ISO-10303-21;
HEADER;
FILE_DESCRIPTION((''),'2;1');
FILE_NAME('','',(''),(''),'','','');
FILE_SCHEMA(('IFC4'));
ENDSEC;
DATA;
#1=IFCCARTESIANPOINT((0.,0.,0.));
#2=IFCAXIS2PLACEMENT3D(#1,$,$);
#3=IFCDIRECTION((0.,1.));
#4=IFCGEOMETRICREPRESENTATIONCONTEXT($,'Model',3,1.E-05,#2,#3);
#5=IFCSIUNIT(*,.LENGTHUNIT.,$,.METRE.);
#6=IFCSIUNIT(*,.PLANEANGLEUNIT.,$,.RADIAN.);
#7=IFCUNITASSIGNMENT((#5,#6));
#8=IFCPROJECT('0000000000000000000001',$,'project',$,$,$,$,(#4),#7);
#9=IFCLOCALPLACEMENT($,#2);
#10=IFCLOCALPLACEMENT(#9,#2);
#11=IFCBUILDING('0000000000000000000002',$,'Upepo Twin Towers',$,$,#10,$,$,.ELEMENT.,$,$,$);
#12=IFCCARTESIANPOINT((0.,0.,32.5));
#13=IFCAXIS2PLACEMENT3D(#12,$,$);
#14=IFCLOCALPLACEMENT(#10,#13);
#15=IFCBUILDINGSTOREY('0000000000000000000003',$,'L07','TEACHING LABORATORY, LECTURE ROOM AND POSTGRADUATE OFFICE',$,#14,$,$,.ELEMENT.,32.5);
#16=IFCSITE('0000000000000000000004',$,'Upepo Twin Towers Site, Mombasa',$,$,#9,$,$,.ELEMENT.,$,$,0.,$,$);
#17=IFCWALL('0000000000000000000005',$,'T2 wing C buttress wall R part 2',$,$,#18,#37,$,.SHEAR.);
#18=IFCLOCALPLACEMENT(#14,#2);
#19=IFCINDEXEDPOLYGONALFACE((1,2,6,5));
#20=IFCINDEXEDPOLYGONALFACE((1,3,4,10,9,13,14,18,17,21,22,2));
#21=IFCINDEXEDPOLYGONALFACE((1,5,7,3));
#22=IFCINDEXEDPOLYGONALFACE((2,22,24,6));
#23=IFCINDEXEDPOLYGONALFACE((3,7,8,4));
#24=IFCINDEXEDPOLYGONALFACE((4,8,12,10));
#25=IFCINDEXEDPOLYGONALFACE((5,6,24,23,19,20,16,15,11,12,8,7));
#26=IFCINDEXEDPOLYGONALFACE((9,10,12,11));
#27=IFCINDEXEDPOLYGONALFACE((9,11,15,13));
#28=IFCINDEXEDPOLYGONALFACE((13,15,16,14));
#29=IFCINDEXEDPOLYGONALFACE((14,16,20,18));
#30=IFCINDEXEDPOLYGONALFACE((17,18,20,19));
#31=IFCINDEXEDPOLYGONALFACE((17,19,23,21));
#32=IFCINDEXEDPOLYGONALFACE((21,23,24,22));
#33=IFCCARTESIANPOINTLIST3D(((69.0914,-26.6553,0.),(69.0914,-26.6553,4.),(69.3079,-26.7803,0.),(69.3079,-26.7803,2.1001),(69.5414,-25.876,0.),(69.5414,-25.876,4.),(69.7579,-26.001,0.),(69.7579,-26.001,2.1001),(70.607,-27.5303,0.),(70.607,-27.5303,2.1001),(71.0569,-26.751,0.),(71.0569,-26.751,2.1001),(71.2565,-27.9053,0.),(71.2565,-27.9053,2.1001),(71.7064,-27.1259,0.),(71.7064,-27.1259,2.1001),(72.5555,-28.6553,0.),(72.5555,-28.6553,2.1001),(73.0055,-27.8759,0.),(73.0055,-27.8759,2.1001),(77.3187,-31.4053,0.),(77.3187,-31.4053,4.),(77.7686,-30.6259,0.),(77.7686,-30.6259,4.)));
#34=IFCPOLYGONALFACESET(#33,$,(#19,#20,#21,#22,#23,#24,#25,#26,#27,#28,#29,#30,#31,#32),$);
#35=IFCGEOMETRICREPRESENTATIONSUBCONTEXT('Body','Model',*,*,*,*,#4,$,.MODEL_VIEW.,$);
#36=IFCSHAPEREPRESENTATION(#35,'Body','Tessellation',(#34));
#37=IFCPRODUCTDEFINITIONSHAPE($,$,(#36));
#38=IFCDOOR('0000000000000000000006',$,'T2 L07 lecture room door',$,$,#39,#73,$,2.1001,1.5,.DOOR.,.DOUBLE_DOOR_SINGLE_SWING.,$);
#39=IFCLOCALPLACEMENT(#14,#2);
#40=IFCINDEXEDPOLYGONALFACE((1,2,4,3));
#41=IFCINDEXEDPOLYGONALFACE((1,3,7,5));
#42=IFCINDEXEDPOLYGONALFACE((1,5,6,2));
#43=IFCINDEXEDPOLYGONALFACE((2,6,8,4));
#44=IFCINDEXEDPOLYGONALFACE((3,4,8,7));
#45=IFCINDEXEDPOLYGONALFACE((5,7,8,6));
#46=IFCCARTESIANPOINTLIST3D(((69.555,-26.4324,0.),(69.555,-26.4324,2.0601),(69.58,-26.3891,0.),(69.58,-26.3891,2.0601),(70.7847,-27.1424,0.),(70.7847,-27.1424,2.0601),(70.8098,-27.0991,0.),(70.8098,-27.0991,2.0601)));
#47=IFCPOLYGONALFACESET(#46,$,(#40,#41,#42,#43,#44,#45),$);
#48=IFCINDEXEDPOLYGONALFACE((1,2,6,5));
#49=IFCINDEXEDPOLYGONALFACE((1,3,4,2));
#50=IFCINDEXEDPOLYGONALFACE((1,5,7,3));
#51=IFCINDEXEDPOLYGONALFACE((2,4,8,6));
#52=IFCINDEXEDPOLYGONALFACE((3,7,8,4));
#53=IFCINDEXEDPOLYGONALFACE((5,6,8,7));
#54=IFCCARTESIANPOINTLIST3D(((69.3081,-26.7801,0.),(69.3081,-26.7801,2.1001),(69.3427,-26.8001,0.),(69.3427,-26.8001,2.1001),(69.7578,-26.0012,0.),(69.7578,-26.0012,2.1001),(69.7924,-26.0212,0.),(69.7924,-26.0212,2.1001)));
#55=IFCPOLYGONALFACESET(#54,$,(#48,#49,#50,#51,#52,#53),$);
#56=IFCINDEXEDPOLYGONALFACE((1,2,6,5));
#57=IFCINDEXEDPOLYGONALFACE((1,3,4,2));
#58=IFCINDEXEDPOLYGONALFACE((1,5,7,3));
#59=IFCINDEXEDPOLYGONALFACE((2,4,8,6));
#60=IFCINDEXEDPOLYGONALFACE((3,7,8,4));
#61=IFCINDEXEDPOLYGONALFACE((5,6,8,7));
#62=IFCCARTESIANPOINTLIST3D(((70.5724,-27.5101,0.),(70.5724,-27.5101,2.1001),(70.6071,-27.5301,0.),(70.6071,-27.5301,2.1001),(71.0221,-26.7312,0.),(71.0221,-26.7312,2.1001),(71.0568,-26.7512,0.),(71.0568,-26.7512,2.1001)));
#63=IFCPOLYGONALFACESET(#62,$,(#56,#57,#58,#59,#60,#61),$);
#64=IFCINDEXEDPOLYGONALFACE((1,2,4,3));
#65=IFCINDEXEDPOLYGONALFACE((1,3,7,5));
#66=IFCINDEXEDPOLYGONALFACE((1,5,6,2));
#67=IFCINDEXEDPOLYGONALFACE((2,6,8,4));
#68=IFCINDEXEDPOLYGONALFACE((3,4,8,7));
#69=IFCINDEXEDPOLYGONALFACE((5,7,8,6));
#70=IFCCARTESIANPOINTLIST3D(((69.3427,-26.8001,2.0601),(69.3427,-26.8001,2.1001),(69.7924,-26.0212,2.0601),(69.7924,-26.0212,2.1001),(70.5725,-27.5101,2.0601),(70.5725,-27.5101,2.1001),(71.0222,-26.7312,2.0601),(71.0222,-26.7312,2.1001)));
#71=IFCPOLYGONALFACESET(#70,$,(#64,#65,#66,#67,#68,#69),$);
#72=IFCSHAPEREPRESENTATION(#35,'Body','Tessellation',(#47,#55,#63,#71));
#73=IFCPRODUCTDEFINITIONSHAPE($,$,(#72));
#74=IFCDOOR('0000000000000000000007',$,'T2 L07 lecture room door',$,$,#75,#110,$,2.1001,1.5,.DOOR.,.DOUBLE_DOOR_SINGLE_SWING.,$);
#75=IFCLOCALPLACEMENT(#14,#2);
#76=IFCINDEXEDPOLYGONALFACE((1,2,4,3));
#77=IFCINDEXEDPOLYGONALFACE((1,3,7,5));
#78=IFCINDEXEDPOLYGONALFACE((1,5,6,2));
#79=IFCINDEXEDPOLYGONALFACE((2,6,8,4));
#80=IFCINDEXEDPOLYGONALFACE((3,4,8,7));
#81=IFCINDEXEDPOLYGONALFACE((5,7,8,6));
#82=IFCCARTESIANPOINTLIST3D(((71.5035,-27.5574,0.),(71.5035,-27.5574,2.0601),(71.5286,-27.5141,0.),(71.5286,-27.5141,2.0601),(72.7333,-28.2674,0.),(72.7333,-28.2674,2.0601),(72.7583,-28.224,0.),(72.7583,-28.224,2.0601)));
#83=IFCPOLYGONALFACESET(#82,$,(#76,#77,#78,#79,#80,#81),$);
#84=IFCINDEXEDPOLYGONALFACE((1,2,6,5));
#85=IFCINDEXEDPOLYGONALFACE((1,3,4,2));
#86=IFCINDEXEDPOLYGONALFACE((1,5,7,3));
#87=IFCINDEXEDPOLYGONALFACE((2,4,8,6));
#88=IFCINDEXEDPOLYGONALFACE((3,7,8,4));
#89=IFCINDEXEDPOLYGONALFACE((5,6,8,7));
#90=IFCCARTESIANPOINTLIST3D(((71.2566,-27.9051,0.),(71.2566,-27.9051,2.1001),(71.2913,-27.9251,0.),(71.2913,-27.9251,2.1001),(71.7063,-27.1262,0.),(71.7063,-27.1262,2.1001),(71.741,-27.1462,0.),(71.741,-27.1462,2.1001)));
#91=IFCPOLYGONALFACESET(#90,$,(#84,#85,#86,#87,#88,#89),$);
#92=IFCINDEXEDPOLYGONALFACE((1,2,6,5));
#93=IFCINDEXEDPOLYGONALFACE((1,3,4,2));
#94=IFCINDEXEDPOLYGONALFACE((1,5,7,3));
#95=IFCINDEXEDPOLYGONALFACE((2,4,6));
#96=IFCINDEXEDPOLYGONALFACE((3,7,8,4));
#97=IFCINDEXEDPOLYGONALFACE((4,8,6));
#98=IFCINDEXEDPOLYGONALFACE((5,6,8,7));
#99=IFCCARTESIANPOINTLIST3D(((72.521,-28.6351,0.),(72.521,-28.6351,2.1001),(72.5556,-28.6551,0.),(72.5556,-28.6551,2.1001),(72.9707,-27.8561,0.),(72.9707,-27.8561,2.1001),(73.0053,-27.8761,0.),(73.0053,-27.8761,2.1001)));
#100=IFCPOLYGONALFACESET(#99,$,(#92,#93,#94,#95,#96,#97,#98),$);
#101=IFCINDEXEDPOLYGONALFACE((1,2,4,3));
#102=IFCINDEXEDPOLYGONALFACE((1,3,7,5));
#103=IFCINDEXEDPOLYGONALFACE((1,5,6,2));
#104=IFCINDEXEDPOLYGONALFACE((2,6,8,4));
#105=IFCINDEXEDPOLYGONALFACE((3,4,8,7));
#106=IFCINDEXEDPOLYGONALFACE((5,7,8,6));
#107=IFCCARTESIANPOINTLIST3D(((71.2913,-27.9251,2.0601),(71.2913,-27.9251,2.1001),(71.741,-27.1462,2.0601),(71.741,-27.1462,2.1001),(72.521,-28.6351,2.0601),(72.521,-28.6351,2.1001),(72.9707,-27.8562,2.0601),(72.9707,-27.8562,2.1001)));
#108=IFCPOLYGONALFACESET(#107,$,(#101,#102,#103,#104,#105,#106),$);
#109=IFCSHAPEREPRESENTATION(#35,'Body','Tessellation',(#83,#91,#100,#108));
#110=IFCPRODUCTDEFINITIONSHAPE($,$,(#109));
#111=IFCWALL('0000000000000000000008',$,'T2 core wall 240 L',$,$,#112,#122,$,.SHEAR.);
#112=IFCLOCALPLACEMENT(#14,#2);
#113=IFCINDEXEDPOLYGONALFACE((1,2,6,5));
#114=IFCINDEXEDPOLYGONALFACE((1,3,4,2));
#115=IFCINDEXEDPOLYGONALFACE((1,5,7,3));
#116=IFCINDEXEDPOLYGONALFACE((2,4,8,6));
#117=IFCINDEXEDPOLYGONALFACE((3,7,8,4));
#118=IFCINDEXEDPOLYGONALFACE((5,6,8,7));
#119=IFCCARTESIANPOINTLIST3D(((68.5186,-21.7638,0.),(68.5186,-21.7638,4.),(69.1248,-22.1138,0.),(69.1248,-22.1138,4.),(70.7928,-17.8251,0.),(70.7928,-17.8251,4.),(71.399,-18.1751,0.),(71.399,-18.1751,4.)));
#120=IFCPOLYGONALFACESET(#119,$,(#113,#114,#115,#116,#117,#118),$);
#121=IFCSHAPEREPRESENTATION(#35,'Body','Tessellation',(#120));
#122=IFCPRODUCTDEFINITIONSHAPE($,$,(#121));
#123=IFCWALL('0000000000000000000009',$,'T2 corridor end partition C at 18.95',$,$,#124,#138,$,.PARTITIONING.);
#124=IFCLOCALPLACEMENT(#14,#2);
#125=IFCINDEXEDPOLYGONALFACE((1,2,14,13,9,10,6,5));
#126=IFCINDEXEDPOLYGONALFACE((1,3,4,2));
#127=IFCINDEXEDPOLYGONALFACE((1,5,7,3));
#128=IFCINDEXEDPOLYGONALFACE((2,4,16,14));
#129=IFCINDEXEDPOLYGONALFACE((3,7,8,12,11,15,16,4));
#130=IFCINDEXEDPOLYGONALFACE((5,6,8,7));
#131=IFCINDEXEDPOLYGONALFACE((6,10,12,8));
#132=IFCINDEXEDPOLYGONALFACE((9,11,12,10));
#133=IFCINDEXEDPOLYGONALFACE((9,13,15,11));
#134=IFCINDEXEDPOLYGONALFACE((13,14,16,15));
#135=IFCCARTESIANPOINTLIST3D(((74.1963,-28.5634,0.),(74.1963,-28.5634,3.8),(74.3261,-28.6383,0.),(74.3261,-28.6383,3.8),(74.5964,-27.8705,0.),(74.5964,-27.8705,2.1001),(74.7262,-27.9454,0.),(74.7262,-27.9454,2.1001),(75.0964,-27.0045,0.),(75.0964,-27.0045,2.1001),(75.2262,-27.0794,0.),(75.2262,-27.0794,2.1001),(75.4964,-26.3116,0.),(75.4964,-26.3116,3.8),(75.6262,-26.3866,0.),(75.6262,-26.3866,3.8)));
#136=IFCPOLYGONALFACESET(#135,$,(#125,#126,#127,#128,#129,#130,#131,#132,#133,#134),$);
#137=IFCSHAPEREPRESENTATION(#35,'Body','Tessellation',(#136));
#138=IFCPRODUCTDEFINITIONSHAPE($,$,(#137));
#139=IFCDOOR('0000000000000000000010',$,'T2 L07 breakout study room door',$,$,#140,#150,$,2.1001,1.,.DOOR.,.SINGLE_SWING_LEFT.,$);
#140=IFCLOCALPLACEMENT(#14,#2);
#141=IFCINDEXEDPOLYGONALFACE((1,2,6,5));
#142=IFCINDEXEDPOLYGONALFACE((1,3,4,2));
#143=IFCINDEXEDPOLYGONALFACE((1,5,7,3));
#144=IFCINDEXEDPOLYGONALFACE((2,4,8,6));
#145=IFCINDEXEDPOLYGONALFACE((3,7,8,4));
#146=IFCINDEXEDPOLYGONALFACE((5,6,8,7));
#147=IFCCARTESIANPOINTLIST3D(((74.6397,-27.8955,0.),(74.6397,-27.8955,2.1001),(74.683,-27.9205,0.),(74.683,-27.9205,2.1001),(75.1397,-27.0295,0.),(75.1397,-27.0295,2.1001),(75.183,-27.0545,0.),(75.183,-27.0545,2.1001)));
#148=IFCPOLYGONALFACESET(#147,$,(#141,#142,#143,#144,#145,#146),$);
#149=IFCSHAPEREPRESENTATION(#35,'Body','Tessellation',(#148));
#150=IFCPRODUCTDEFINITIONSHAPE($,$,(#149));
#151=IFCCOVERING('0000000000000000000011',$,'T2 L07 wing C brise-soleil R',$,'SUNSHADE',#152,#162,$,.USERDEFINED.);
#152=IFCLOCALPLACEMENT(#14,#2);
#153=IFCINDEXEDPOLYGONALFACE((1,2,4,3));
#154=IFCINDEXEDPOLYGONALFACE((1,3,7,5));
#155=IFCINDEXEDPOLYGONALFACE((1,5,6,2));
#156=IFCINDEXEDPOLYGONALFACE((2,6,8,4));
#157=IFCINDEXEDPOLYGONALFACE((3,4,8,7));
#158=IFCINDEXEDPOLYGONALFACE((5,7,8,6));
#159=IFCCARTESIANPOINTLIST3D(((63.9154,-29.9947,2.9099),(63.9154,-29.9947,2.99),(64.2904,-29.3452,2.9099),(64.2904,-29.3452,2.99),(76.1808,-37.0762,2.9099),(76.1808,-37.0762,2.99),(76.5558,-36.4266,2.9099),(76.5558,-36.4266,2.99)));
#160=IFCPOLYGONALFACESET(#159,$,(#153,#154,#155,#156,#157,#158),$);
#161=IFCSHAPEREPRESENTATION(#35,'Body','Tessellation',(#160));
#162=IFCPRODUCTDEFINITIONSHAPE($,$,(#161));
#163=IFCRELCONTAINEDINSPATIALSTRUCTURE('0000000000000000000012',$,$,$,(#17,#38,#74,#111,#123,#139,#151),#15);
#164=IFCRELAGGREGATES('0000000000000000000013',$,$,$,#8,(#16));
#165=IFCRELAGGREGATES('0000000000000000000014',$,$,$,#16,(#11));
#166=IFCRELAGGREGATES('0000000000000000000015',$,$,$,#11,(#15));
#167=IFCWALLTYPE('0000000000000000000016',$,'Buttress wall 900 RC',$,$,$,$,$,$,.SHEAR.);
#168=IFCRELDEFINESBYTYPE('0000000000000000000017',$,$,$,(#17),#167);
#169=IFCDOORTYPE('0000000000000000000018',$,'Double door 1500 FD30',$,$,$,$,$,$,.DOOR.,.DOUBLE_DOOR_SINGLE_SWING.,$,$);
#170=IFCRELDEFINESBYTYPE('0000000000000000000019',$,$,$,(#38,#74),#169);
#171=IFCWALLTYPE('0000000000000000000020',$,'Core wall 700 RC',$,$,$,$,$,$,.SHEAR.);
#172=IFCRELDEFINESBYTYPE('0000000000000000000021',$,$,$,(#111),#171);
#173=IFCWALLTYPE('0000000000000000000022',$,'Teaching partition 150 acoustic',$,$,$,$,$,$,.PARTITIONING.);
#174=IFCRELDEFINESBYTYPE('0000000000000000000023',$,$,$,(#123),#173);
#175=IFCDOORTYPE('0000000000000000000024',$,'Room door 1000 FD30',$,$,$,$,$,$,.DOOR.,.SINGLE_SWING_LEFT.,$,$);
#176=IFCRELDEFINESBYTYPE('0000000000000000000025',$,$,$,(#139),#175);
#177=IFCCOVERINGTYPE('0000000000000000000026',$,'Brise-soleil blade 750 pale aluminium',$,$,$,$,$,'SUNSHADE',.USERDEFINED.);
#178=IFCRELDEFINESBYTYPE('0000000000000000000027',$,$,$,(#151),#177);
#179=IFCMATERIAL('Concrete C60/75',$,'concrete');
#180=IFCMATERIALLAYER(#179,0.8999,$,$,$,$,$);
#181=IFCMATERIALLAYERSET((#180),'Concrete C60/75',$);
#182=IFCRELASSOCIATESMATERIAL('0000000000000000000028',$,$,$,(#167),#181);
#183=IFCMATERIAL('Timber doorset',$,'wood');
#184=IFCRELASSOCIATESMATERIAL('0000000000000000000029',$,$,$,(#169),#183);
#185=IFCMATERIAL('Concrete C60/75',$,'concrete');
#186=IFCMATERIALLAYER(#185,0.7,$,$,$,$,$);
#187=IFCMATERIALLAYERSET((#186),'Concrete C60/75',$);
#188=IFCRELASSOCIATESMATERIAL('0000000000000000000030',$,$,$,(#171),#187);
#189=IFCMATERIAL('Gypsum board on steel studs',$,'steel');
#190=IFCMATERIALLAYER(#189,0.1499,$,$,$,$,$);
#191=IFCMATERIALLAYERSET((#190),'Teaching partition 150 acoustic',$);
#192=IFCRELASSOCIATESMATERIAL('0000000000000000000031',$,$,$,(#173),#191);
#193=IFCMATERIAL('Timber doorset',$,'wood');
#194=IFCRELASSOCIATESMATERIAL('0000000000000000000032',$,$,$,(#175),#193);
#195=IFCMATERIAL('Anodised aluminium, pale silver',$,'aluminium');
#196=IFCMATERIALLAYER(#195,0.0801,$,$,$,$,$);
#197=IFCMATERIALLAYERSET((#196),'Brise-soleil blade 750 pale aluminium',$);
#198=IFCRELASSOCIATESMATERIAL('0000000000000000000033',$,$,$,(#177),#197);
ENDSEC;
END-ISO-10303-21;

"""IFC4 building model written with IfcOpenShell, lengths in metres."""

from ifc_helpers import new_model, si_unit, direction, frame, frame_2d, origin, origin_2d, place, context, subcontext, project, spatial, rectangle, extrude, material, layer, layer_set, type_object, element, fill, save


model = new_model("IFC4")

# Units and contexts
model_context = context("Model", 3, precision=1e-05, world=origin(), true_north=direction((0.0, 1.0)))
body_context = subcontext(model_context, "Body", "Model", "MODEL_VIEW")
ifc_project = project(units=[si_unit("LENGTHUNIT", "METRE"), si_unit("PLANEANGLEUNIT", "RADIAN")], contexts=[model_context])

# Site, building, storey
site_placement = place(None, origin())
site = spatial("IfcSite", under=ifc_project, at=site_placement, Name="Upepo Twin Towers Site, Mombasa", CompositionType="ELEMENT", RefElevation=0.0)
building_placement = place(site_placement, origin())
building = spatial("IfcBuilding", under=site, at=building_placement, Name="Upepo Twin Towers", CompositionType="ELEMENT")
storey_placement = place(building_placement, frame((0.0, 0.0, 32.5)))
storey = spatial("IfcBuildingStorey", under=building, at=storey_placement, Name="L07", Description="TEACHING LABORATORY, LECTURE ROOM AND POSTGRADUATE OFFICE", CompositionType="ELEMENT", Elevation=32.5)

# Wall, openings, doors
ifc_material_1 = material(Name="Concrete C60/75", Category="concrete")
ifc_layer_1 = layer(ifc_material_1, 0.8999)
ifc_layer_set_1 = layer_set([ifc_layer_1], Name="Concrete C60/75")
wall_type_1 = type_object("IfcWallType", Name="Buttress wall 900 RC", PredefinedType="SHEAR", material=ifc_layer_set_1)
ifc_material_2 = material(Name="Timber doorset", Category="wood")
door_type_1 = type_object("IfcDoorType", Name="Double door 1500 FD30", OperationType="DOUBLE_DOOR_SINGLE_SWING", PredefinedType="DOOR", material=ifc_material_2)
wall_1_placement = place(storey_placement, frame((69.3164, -26.2656, 0.0), z_axis=(0.0, 0.0, 1.0), x_axis=(0.866027, -0.499998, 0.0)))
wall_1 = element("IfcWall", 1, at=wall_1_placement, inside=storey, type_object=wall_type_1, Name="T2 wing C buttress wall R part 2", PredefinedType="SHEAR", context=body_context, shape_type="SweptSolid", body=[
    extrude(rectangle(XDim=9.5, YDim=0.8999, at=frame_2d((4.75, 0.0))), origin(), (0.0, 0.0, 1.0), 4.0),
])
opening_1_placement = place(wall_1_placement, frame((0.25, 0.0, 0.0)))
opening_1 = element("IfcOpeningElement", 2, at=opening_1_placement, cuts=wall_1, PredefinedType="OPENING", context=body_context, shape_type="SweptSolid", body=[
    extrude(rectangle(XDim=1.5, YDim=2.1001, at=frame_2d((0.75, 1.05))), frame((0.0, 0.46, 0.0), z_axis=(0.0, -1.0, 0.0), x_axis=(1.0, 0.0, 0.0)), (0.0, 0.0, 1.0), 0.9199),
])
opening_2_placement = place(wall_1_placement, frame((2.5, 0.0, 0.0)))
opening_2 = element("IfcOpeningElement", 3, at=opening_2_placement, cuts=wall_1, PredefinedType="OPENING", context=body_context, shape_type="SweptSolid", body=[
    extrude(rectangle(XDim=1.5, YDim=2.1001, at=frame_2d((0.75, 1.05))), frame((0.0, 0.46, 0.0), z_axis=(0.0, -1.0, 0.0), x_axis=(1.0, 0.0, 0.0)), (0.0, 0.0, 1.0), 0.9199),
])
door_1_placement = place(opening_1_placement, origin())
door_1 = element("IfcDoor", 4, at=door_1_placement, inside=storey, type_object=door_type_1, Name="T2 L07 lecture room door", OperationType="DOUBLE_DOOR_SINGLE_SWING", OverallHeight=2.1001, OverallWidth=1.5, PredefinedType="DOOR", context=body_context, shape_type="SweptSolid", body=[
    extrude(rectangle(XDim=1.42, YDim=2.0601, at=frame_2d((0.75, 1.03))), frame((0.0, 0.0249, 0.0), z_axis=(0.0, -1.0, 0.0), x_axis=(1.0, 0.0, 0.0)), (0.0, 0.0, 1.0), 0.05),
    extrude(rectangle(XDim=0.04, YDim=2.1001, at=frame_2d((0.02, 1.05))), frame((0.0, 0.4497, 0.0), z_axis=(0.0, -1.0, 0.0), x_axis=(1.0, 0.0, 0.0)), (0.0, 0.0, 1.0), 0.8994),
    extrude(rectangle(XDim=0.04, YDim=2.1001, at=frame_2d((1.48, 1.05))), frame((0.0, 0.4497, 0.0), z_axis=(0.0, -1.0, 0.0), x_axis=(1.0, 0.0, 0.0)), (0.0, 0.0, 1.0), 0.8994),
    extrude(rectangle(XDim=1.42, YDim=0.04, at=frame_2d((0.75, 2.0801))), frame((0.0, 0.4497, 0.0), z_axis=(0.0, -1.0, 0.0), x_axis=(1.0, 0.0, 0.0)), (0.0, 0.0, 1.0), 0.8994),
])
fill(opening_1, door_1)
door_2_placement = place(opening_2_placement, origin())
door_2 = element("IfcDoor", 5, at=door_2_placement, inside=storey, type_object=door_type_1, Name="T2 L07 lecture room door", OperationType="DOUBLE_DOOR_SINGLE_SWING", OverallHeight=2.1001, OverallWidth=1.5, PredefinedType="DOOR", context=body_context, shape_type="SweptSolid", body=[
    extrude(rectangle(XDim=1.42, YDim=2.0601, at=frame_2d((0.75, 1.03))), frame((0.0, 0.0249, 0.0), z_axis=(0.0, -1.0, 0.0), x_axis=(1.0, 0.0, 0.0)), (0.0, 0.0, 1.0), 0.05),
    extrude(rectangle(XDim=0.04, YDim=2.1001, at=frame_2d((0.02, 1.05))), frame((0.0, 0.4497, 0.0), z_axis=(0.0, -1.0, 0.0), x_axis=(1.0, 0.0, 0.0)), (0.0, 0.0, 1.0), 0.8994),
    extrude(rectangle(XDim=0.04, YDim=2.1001, at=frame_2d((1.48, 1.05))), frame((0.0, 0.4497, 0.0), z_axis=(0.0, -1.0, 0.0), x_axis=(1.0, 0.0, 0.0)), (0.0, 0.0, 1.0), 0.8994),
    extrude(rectangle(XDim=1.42, YDim=0.04, at=frame_2d((0.75, 2.0801))), frame((0.0, 0.4497, 0.0), z_axis=(0.0, -1.0, 0.0), x_axis=(1.0, 0.0, 0.0)), (0.0, 0.0, 1.0), 0.8994),
])
fill(opening_2, door_2)

# Wall
ifc_material_3 = material(Name="Concrete C60/75", Category="concrete")
ifc_layer_2 = layer(ifc_material_3, 0.7)
ifc_layer_set_2 = layer_set([ifc_layer_2], Name="Concrete C60/75")
wall_type_2 = type_object("IfcWallType", Name="Core wall 700 RC", PredefinedType="SHEAR", material=ifc_layer_set_2)
wall_2_placement = place(storey_placement, frame((68.8218, -21.9387, 0.0), z_axis=(0.0, 0.0, 1.0), x_axis=(0.500024, 0.866011, 0.0)))
element("IfcWall", 6, at=wall_2_placement, inside=storey, type_object=wall_type_2, Name="T2 core wall 240 L", PredefinedType="SHEAR", context=body_context, shape_type="SweptSolid", body=[
    extrude(rectangle(XDim=4.5481, YDim=0.7, at=frame_2d((2.2739, 0.0))), origin(), (0.0, 0.0, 1.0), 4.0),
])

# Wall, opening, door
ifc_material_4 = material(Name="Gypsum board on steel studs", Category="steel")
ifc_layer_3 = layer(ifc_material_4, 0.1499)
ifc_layer_set_3 = layer_set([ifc_layer_3], Name="Teaching partition 150 acoustic")
wall_type_3 = type_object("IfcWallType", Name="Teaching partition 150 acoustic", PredefinedType="PARTITIONING", material=ifc_layer_set_3)
wall_3_placement = place(storey_placement, frame((74.2612, -28.6008, 0.0), z_axis=(0.0, 0.0, 1.0), x_axis=(0.500007, 0.866021, 0.0)))
wall_3 = element("IfcWall", 7, at=wall_3_placement, inside=storey, type_object=wall_type_3, Name="T2 corridor end partition C at 18.95", PredefinedType="PARTITIONING", context=body_context, shape_type="SweptSolid", body=[
    extrude(rectangle(XDim=2.6001, YDim=0.1499, at=frame_2d((1.3, 0.0))), origin(), (0.0, 0.0, 1.0), 3.8),
])
opening_3_placement = place(wall_3_placement, frame((0.8, 0.0, 0.0)))
opening_3 = element("IfcOpeningElement", 8, at=opening_3_placement, cuts=wall_3, PredefinedType="OPENING", context=body_context, shape_type="SweptSolid", body=[
    extrude(rectangle(XDim=1.0, YDim=2.1001, at=frame_2d((0.5, 1.05))), frame((0.0, 0.085, 0.0), z_axis=(0.0, -1.0, 0.0), x_axis=(1.0, 0.0, 0.0)), (0.0, 0.0, 1.0), 0.1699),
])
ifc_material_5 = material(Name="Timber doorset", Category="wood")
door_type_2 = type_object("IfcDoorType", Name="Room door 1000 FD30", OperationType="SINGLE_SWING_LEFT", PredefinedType="DOOR", material=ifc_material_5)
door_3_placement = place(opening_3_placement, origin())
door_3 = element("IfcDoor", 9, at=door_3_placement, inside=storey, type_object=door_type_2, Name="T2 L07 breakout study room door", OperationType="SINGLE_SWING_LEFT", OverallHeight=2.1001, OverallWidth=1.0, PredefinedType="DOOR", context=body_context, shape_type="SweptSolid", body=[
    extrude(rectangle(XDim=1.0, YDim=2.1001, at=frame_2d((0.5, 1.05))), frame((0.0, 0.0249, 0.0), z_axis=(0.0, -1.0, 0.0), x_axis=(1.0, 0.0, 0.0)), (0.0, 0.0, 1.0), 0.05),
])
fill(opening_3, door_3)

# Covering
ifc_material_6 = material(Name="Anodised aluminium, pale silver", Category="aluminium")
ifc_layer_4 = layer(ifc_material_6, 0.0801)
ifc_layer_set_4 = layer_set([ifc_layer_4], Name="Brise-soleil blade 750 pale aluminium")
covering_type = type_object("IfcCoveringType", Name="Brise-soleil blade 750 pale aluminium", ElementType="SUNSHADE", PredefinedType="USERDEFINED", material=ifc_layer_set_4)
covering_placement = place(storey_placement, frame((70.2356, -33.2107, 2.9099), z_axis=(0.0, 0.0, 1.0), x_axis=(0.866025, -0.5, 0.0)))
element("IfcCovering", 10, at=covering_placement, inside=storey, type_object=covering_type, Name="T2 L07 wing C brise-soleil R", ObjectType="SUNSHADE", PredefinedType="USERDEFINED", context=body_context, shape_type="SweptSolid", body=[
    extrude(rectangle(XDim=14.1628, YDim=0.75, at=origin_2d()), origin(), (0.0, 0.0, 1.0), 0.0801),
])

save(model, "model.ifc")
